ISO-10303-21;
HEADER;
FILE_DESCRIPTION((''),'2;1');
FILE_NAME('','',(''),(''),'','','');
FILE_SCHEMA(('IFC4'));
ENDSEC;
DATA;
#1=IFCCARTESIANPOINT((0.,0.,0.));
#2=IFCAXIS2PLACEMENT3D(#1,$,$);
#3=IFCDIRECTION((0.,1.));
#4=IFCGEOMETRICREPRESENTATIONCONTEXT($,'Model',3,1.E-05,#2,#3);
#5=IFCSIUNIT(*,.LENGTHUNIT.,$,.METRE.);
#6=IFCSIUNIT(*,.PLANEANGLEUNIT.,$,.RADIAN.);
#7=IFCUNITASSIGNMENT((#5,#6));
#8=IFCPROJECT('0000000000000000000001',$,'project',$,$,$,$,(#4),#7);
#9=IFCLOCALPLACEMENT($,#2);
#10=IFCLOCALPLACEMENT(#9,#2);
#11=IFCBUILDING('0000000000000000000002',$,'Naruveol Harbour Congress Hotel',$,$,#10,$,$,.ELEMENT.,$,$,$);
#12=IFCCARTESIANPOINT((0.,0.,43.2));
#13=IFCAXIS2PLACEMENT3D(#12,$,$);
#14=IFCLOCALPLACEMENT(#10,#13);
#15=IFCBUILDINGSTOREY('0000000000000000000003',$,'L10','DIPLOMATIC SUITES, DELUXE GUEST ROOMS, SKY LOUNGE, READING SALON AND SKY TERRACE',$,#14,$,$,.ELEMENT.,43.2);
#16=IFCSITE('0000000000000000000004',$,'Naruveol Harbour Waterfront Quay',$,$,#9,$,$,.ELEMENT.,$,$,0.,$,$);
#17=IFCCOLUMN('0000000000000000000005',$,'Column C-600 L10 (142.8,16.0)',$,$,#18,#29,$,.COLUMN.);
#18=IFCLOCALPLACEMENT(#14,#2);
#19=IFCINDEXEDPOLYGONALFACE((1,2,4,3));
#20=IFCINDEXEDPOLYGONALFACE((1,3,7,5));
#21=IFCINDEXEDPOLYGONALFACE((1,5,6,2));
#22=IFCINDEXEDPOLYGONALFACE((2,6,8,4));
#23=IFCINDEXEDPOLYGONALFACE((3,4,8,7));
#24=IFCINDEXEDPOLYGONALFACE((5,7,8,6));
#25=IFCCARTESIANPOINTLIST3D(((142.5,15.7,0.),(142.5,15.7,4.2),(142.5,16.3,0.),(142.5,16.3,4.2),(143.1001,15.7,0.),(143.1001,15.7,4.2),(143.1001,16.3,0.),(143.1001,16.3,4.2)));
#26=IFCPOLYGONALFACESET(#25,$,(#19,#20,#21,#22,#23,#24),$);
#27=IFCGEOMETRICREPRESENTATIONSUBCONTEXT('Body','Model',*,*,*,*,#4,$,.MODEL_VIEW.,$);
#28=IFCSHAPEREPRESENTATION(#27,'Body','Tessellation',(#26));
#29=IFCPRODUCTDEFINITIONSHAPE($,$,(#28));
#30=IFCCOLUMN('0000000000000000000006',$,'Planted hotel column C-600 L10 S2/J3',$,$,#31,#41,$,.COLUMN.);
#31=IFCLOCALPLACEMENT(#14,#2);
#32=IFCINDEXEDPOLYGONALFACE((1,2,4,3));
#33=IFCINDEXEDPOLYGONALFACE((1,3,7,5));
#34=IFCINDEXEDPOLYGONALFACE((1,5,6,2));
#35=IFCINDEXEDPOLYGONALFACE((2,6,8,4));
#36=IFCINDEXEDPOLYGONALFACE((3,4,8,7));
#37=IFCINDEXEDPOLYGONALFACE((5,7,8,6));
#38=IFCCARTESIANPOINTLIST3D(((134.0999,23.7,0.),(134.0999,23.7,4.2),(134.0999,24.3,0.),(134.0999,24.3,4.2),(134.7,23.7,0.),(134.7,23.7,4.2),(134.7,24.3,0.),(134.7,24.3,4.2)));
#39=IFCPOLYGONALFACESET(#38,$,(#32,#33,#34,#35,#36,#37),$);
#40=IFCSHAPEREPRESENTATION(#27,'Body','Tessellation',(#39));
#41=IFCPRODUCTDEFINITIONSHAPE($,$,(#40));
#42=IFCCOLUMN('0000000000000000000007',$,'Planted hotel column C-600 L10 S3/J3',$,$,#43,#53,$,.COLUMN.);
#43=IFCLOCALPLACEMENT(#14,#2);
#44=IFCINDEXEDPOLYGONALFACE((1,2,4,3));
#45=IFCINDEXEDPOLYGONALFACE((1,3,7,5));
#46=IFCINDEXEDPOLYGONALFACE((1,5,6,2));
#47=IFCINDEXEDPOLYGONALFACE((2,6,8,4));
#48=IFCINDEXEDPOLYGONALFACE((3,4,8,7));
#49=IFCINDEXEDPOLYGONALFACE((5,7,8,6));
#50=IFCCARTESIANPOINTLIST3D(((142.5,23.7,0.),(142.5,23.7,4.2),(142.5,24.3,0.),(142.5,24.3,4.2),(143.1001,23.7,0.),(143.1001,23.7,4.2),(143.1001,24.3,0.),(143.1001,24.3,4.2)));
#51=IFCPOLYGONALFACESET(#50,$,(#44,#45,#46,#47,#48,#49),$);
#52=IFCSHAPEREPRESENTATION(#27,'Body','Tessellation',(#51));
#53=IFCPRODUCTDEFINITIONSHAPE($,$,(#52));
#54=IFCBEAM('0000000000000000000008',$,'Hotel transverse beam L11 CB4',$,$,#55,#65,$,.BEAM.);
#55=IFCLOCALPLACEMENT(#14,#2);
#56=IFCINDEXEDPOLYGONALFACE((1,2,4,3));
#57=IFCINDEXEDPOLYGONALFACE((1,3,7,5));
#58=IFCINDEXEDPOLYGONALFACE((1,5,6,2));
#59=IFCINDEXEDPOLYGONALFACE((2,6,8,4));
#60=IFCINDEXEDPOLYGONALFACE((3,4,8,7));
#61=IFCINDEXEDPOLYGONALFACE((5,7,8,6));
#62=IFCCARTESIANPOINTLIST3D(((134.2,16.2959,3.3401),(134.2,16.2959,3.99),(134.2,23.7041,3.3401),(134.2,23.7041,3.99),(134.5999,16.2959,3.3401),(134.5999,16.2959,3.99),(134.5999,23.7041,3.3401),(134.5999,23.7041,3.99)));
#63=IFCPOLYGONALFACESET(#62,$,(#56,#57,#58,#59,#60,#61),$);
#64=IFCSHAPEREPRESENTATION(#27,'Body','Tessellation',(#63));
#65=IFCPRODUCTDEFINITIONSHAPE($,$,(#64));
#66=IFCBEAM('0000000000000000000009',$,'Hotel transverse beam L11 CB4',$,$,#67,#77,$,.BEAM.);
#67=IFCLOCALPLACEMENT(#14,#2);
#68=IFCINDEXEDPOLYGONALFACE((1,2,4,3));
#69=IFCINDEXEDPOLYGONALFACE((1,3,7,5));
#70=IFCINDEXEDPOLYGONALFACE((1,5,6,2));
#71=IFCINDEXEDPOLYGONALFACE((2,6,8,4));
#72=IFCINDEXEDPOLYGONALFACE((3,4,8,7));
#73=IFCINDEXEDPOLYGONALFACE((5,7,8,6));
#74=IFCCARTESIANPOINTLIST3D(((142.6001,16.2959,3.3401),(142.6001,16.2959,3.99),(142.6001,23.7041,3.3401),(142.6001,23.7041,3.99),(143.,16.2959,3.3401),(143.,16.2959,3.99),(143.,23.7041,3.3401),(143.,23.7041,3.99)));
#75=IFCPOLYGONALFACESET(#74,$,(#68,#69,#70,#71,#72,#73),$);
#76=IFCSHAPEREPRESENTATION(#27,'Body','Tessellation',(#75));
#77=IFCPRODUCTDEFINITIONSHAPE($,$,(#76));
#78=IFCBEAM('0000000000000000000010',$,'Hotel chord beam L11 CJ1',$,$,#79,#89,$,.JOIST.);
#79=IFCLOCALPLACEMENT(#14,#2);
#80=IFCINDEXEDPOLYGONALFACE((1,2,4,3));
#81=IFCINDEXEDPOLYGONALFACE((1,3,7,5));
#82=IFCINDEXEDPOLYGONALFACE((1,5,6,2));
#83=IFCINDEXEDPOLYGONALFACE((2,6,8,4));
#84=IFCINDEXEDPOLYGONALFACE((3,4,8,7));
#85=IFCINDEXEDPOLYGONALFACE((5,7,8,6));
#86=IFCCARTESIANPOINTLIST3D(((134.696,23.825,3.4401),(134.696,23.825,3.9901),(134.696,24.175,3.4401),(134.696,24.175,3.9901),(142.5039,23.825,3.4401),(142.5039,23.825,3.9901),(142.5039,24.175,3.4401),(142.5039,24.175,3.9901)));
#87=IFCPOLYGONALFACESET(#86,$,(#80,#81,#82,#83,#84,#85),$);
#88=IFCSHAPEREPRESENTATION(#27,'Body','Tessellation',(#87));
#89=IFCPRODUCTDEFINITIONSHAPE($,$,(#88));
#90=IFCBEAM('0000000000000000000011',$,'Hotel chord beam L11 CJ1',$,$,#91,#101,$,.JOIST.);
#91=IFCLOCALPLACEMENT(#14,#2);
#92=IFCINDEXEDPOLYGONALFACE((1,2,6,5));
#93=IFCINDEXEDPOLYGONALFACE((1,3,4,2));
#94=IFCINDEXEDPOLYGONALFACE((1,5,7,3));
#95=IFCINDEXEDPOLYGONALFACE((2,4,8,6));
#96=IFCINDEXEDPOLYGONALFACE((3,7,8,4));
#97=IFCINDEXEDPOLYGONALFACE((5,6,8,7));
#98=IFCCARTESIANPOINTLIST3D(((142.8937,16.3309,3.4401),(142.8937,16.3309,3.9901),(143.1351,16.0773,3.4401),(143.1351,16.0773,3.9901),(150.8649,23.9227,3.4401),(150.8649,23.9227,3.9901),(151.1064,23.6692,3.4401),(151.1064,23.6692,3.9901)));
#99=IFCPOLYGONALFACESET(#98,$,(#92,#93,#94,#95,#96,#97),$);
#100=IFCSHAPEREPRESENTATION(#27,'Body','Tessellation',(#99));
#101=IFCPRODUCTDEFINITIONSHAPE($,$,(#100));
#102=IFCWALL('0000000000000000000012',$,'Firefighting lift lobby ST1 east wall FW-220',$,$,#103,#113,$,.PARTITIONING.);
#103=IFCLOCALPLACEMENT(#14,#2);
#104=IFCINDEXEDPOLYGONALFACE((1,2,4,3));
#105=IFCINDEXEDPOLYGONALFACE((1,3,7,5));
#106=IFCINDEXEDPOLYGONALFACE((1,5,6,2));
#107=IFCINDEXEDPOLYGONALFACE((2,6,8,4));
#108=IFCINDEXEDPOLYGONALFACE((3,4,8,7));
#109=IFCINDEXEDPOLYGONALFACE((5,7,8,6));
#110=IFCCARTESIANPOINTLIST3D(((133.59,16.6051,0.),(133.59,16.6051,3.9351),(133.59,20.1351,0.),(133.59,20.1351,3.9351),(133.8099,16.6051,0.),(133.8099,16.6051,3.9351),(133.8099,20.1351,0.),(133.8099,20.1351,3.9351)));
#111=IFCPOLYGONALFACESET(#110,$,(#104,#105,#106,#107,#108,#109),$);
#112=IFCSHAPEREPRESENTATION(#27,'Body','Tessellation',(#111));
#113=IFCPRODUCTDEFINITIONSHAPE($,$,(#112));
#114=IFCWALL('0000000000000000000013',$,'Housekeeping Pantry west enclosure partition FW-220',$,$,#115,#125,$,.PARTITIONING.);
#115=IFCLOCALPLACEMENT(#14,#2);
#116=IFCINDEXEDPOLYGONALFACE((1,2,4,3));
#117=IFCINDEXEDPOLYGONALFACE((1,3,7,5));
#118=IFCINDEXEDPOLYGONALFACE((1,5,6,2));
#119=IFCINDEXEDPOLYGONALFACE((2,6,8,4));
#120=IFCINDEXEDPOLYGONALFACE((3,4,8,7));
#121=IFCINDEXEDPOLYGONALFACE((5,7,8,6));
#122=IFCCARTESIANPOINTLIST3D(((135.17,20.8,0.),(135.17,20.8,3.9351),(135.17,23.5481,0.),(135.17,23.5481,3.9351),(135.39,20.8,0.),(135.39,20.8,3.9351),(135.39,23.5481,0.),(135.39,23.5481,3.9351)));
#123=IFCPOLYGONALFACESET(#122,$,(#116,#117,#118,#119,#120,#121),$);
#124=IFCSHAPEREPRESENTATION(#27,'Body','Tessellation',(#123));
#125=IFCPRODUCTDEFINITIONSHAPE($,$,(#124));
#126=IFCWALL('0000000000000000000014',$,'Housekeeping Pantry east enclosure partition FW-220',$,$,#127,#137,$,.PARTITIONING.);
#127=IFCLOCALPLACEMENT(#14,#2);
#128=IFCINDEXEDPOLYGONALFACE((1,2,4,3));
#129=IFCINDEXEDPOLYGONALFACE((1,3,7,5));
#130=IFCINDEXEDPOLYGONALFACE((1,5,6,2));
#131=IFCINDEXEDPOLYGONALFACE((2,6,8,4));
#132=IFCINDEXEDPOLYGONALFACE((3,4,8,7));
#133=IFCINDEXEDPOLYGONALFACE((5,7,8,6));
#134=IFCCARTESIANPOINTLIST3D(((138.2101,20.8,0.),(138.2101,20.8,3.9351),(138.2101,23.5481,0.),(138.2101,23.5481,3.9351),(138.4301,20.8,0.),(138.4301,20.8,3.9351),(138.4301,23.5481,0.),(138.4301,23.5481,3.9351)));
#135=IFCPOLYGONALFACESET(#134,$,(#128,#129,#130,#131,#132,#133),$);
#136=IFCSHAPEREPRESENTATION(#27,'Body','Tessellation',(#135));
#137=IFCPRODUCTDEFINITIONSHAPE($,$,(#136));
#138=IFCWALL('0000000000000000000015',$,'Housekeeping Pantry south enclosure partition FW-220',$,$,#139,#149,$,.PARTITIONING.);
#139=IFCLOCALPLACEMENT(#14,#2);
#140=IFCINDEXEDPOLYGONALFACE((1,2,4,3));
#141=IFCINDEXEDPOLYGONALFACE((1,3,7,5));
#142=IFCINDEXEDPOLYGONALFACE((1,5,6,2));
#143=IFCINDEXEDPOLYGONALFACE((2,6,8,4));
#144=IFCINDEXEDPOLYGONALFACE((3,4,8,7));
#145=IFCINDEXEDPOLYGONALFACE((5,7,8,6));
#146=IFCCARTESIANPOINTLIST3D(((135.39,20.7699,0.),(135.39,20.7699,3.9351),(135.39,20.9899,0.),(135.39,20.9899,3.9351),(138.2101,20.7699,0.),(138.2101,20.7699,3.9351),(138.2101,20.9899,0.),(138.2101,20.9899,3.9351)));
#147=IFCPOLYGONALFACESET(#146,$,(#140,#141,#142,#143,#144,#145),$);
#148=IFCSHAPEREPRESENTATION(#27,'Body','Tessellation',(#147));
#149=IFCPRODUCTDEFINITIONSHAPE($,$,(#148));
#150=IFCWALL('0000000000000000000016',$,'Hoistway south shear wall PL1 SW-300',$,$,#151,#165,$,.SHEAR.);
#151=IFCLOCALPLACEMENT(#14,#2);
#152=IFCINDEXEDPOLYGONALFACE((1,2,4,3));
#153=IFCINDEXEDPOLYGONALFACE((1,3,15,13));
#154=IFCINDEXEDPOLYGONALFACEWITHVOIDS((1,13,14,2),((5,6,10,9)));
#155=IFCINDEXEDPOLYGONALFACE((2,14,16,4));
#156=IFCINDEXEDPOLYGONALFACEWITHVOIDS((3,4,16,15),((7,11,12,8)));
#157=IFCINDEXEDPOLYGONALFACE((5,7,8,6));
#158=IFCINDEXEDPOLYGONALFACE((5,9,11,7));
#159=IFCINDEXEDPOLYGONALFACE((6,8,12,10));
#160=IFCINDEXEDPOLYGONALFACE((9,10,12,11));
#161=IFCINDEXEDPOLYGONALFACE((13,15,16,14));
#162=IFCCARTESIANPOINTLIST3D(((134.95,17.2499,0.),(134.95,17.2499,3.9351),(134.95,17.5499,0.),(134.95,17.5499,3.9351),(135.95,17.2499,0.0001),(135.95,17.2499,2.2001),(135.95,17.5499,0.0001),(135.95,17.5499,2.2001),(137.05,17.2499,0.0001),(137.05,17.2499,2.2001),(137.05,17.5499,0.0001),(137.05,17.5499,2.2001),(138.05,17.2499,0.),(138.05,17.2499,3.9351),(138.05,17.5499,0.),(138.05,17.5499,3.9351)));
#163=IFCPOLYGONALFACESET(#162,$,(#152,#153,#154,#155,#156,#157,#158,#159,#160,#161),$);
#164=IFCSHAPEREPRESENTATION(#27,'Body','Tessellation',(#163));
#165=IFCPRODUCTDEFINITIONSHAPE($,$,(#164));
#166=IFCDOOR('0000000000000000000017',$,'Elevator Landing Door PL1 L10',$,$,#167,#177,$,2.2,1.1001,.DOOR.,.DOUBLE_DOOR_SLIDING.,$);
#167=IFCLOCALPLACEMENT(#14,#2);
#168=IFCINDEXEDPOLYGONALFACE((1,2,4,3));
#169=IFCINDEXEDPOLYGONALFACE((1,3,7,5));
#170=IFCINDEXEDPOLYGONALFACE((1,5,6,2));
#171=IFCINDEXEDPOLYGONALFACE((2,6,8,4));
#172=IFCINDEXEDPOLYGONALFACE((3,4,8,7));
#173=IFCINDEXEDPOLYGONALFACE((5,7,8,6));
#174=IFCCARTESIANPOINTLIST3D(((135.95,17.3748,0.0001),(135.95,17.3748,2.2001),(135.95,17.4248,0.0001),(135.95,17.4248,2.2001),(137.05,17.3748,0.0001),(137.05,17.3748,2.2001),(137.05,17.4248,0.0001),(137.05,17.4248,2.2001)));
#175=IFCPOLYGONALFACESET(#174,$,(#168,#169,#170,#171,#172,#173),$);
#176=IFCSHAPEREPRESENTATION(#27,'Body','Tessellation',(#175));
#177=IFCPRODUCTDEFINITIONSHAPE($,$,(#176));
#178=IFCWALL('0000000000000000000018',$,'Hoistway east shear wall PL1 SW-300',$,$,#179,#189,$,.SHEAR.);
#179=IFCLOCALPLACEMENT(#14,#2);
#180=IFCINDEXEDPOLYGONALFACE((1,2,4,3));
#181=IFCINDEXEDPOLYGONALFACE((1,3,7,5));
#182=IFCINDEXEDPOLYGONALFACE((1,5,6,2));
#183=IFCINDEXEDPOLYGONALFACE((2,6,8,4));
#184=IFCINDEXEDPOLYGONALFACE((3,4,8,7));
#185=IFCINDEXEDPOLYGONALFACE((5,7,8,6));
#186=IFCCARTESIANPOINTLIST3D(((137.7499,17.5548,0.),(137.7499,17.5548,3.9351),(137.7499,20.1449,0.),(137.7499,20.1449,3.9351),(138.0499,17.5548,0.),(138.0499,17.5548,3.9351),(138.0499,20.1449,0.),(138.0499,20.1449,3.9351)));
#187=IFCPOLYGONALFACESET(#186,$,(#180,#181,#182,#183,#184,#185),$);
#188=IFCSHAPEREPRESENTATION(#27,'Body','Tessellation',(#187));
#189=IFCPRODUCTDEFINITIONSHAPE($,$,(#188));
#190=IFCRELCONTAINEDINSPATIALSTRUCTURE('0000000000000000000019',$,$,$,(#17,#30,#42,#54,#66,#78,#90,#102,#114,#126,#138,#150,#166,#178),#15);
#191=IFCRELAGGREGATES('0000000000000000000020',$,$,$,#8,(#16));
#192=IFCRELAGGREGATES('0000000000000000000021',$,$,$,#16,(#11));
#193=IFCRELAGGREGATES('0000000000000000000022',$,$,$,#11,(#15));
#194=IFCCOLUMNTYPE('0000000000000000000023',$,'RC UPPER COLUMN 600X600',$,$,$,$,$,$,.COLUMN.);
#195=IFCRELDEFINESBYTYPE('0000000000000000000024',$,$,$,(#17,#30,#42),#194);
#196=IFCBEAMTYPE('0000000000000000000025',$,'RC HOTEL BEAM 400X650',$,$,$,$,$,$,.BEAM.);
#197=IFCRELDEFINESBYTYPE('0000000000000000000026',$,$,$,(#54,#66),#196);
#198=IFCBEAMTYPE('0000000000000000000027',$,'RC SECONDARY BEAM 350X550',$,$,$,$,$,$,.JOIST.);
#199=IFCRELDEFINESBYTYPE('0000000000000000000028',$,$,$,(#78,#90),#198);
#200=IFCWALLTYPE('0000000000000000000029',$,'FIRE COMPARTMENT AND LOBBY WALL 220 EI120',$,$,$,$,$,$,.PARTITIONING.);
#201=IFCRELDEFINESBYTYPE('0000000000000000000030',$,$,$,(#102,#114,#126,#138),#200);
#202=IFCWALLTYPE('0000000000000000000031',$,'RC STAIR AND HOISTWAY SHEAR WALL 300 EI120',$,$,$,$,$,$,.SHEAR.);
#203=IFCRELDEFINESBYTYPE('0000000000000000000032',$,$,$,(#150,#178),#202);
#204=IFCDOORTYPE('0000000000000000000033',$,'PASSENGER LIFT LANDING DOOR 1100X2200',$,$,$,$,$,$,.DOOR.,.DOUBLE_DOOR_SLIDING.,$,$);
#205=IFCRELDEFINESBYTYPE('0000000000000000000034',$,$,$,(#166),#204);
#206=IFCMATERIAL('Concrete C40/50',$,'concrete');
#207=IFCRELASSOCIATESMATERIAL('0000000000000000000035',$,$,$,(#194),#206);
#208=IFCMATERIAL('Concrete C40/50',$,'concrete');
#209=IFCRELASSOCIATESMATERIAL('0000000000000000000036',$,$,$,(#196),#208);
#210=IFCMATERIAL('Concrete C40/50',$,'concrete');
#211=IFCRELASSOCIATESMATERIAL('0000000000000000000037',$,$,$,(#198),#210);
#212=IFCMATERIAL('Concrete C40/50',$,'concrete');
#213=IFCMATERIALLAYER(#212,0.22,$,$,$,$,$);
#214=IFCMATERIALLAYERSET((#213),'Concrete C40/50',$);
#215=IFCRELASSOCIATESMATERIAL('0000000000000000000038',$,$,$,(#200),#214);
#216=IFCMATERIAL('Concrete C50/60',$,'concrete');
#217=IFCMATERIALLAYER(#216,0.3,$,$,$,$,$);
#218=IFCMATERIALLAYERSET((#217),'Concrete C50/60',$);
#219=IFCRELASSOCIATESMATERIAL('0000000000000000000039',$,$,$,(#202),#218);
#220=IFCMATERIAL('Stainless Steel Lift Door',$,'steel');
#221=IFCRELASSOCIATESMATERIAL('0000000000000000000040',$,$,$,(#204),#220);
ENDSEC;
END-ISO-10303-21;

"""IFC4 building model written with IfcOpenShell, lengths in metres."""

from ifc_helpers import new_model, si_unit, direction, frame, frame_2d, origin, origin_2d, place, context, subcontext, project, spatial, rectangle, extrude, material, layer, layer_set, material_profile, profile_set, type_object, element, fill, save


model = new_model("IFC4")

# Units and contexts
model_context = context("Model", 3, precision=1e-05, world=origin(), true_north=direction((0.0, 1.0)))
body_context = subcontext(model_context, "Body", "Model", "MODEL_VIEW")
ifc_project = project(units=[si_unit("LENGTHUNIT", "METRE"), si_unit("PLANEANGLEUNIT", "RADIAN")], contexts=[model_context])

# Site, building, storey
site_placement = place(None, origin())
site = spatial("IfcSite", under=ifc_project, at=site_placement, Name="Naruveol Harbour Waterfront Quay", CompositionType="ELEMENT", RefElevation=0.0)
building_placement = place(site_placement, origin())
building = spatial("IfcBuilding", under=site, at=building_placement, Name="Naruveol Harbour Congress Hotel", CompositionType="ELEMENT")
storey_placement = place(building_placement, frame((0.0, 0.0, 43.2)))
storey = spatial("IfcBuildingStorey", under=building, at=storey_placement, Name="L10", Description="DIPLOMATIC SUITES, DELUXE GUEST ROOMS, SKY LOUNGE, READING SALON AND SKY TERRACE", CompositionType="ELEMENT", Elevation=43.2)

# Columns
ifc_material_1 = material(Name="Concrete C40/50", Category="concrete")
ifc_material_profile_1 = material_profile(ifc_material_1, rectangle(XDim=0.6001, YDim=0.6001, at=origin_2d()), Name="RC-600x600")
ifc_profile_set_1 = profile_set([ifc_material_profile_1], Name="Concrete C40/50")
column_type = type_object("IfcColumnType", Name="RC UPPER COLUMN 600X600", PredefinedType="COLUMN", material=ifc_profile_set_1)
for number, where, z_axis, x_axis, name in (
    (1, (142.8, 16.0, 0.0), (0.0, 0.0, 1.0), (1.0, 0.0, 0.0), "Column C-600 L10 (142.8,16.0)"),
    (2, (134.3999, 24.0, 0.0), (0.0, 0.0, 1.0), (1.0, 0.0, 0.0), "Planted hotel column C-600 L10 S2/J3"),
    (3, (142.8, 24.0, 0.0), (0.0, 0.0, 1.0), (1.0, 0.0, 0.0), "Planted hotel column C-600 L10 S3/J3"),
):
    element("IfcColumn", number, at=place(storey_placement, frame(where, z_axis=z_axis, x_axis=x_axis)), inside=storey, type_object=column_type, Name=name, PredefinedType="COLUMN", context=body_context, shape_type="SweptSolid", body=[
        extrude(rectangle(XDim=0.6001, YDim=0.6001, at=origin_2d()), origin(), (0.0, 0.0, 1.0), 4.2),
    ])

# Beams
ifc_material_2 = material(Name="Concrete C40/50", Category="concrete")
ifc_material_profile_2 = material_profile(ifc_material_2, rectangle(XDim=0.3999, YDim=0.6499, at=origin_2d()), Name="RCB-400x650")
ifc_profile_set_2 = profile_set([ifc_material_profile_2], Name="Concrete C40/50")
beam_type_1 = type_object("IfcBeamType", Name="RC HOTEL BEAM 400X650", PredefinedType="BEAM", material=ifc_profile_set_2)
for number, where, z_axis, x_axis, name in (
    (4, (134.3999, 16.2959, 3.665), (0.0, 1.0, 0.0), (-1.0, 0.0, 0.0), "Hotel transverse beam L11 CB4"),
    (5, (142.8, 16.2959, 3.665), (0.0, 1.0, 0.0), (-1.0, 0.0, 0.0), "Hotel transverse beam L11 CB4"),
):
    element("IfcBeam", number, at=place(storey_placement, frame(where, z_axis=z_axis, x_axis=x_axis)), inside=storey, type_object=beam_type_1, Name=name, PredefinedType="BEAM", context=body_context, shape_type="SweptSolid", body=[
        extrude(rectangle(XDim=0.3999, YDim=0.6499, at=origin_2d()), origin(), (0.0, 0.0, 1.0), 7.4082),
    ])
ifc_material_3 = material(Name="Concrete C40/50", Category="concrete")
ifc_material_profile_3 = material_profile(ifc_material_3, rectangle(XDim=0.3501, YDim=0.55, at=origin_2d()), Name="RCB-350x550")
ifc_profile_set_3 = profile_set([ifc_material_profile_3], Name="Concrete C40/50")
beam_type_2 = type_object("IfcBeamType", Name="RC SECONDARY BEAM 350X550", PredefinedType="JOIST", material=ifc_profile_set_3)
beam_1_placement = place(storey_placement, frame((134.696, 24.0, 3.7151), z_axis=(1.0, 0.0, 0.0), x_axis=(0.0, 1.0, 0.0)))
element("IfcBeam", 6, at=beam_1_placement, inside=storey, type_object=beam_type_2, Name="Hotel chord beam L11 CJ1", PredefinedType="JOIST", context=body_context, shape_type="SweptSolid", body=[
    extrude(rectangle(XDim=0.3501, YDim=0.55, at=origin_2d()), origin(), (0.0, 0.0, 1.0), 7.8079),
])
beam_2_placement = place(storey_placement, frame((143.0144, 16.2041, 3.7151), z_axis=(0.724129, 0.689664, 0.0), x_axis=(-0.689664, 0.724129, 0.0)))
element("IfcBeam", 7, at=beam_2_placement, inside=storey, type_object=beam_type_2, Name="Hotel chord beam L11 CJ1", PredefinedType="JOIST", context=body_context, shape_type="SweptSolid", body=[
    extrude(rectangle(XDim=0.3501, YDim=0.55, at=origin_2d()), origin(), (0.0, 0.0, 1.0), 11.0081),
])

# Wall
ifc_material_4 = material(Name="Concrete C40/50", Category="concrete")
ifc_layer_1 = layer(ifc_material_4, 0.22)
ifc_layer_set_1 = layer_set([ifc_layer_1], Name="Concrete C40/50")
wall_type_1 = type_object("IfcWallType", Name="FIRE COMPARTMENT AND LOBBY WALL 220 EI120", PredefinedType="PARTITIONING", material=ifc_layer_set_1)
wall_1_placement = place(storey_placement, frame((133.7, 16.605, 0.0), z_axis=(0.0, 0.0, 1.0), x_axis=(0.0, 1.0, 0.0)))
element("IfcWall", 8, at=wall_1_placement, inside=storey, type_object=wall_type_1, Name="Firefighting lift lobby ST1 east wall FW-220", PredefinedType="PARTITIONING", context=body_context, shape_type="SweptSolid", body=[
    extrude(rectangle(XDim=3.53, YDim=0.22, at=frame_2d((1.7651, 0.0))), origin(), (0.0, 0.0, 1.0), 3.9351),
])

# Walls
for number, where, z_axis, x_axis, name in (
    (9, (135.28, 20.8, 0.0), (0.0, 0.0, 1.0), (0.0, 1.0, 0.0), "Housekeeping Pantry west enclosure partition FW-220"),
    (10, (138.3201, 20.8, 0.0), (0.0, 0.0, 1.0), (0.0, 1.0, 0.0), "Housekeeping Pantry east enclosure partition FW-220"),
):
    element("IfcWall", number, at=place(storey_placement, frame(where, z_axis=z_axis, x_axis=x_axis)), inside=storey, type_object=wall_type_1, Name=name, PredefinedType="PARTITIONING", context=body_context, shape_type="SweptSolid", body=[
        extrude(rectangle(XDim=2.748, YDim=0.22, at=frame_2d((1.374, 0.0))), origin(), (0.0, 0.0, 1.0), 3.9351),
    ])
wall_2_placement = place(storey_placement, frame((135.3899, 20.8799, 0.0), z_axis=(0.0, 0.0, 1.0), x_axis=(1.0, 0.0, 0.0)))
element("IfcWall", 11, at=wall_2_placement, inside=storey, type_object=wall_type_1, Name="Housekeeping Pantry south enclosure partition FW-220", PredefinedType="PARTITIONING", context=body_context, shape_type="SweptSolid", body=[
    extrude(rectangle(XDim=2.8201, YDim=0.22, at=frame_2d((1.4102, 0.0))), origin(), (0.0, 0.0, 1.0), 3.9351),
])

# Wall, opening, door
ifc_material_5 = material(Name="Concrete C50/60", Category="concrete")
ifc_layer_2 = layer(ifc_material_5, 0.3)
ifc_layer_set_2 = layer_set([ifc_layer_2], Name="Concrete C50/60")
wall_type_2 = type_object("IfcWallType", Name="RC STAIR AND HOISTWAY SHEAR WALL 300 EI120", PredefinedType="SHEAR", material=ifc_layer_set_2)
wall_3_placement = place(storey_placement, frame((134.95, 17.3999, 0.0), z_axis=(0.0, 0.0, 1.0), x_axis=(1.0, 0.0, 0.0)))
wall_3 = element("IfcWall", 12, at=wall_3_placement, inside=storey, type_object=wall_type_2, Name="Hoistway south shear wall PL1 SW-300", PredefinedType="SHEAR", context=body_context, shape_type="SweptSolid", body=[
    extrude(rectangle(XDim=3.1001, YDim=0.3, at=frame_2d((1.55, 0.0))), origin(), (0.0, 0.0, 1.0), 3.9351),
])
opening_1_placement = place(wall_3_placement, frame((1.0, 0.0, 0.0)))
opening_1 = element("IfcOpeningElement", 13, at=opening_1_placement, cuts=wall_3, PredefinedType="OPENING", context=body_context, shape_type="SweptSolid", body=[
    extrude(rectangle(XDim=1.1001, YDim=2.2, at=frame_2d((0.55, 1.1001))), frame((0.0, 0.1599, 0.0), z_axis=(0.0, -1.0, 0.0), x_axis=(1.0, 0.0, 0.0)), (0.0, 0.0, 1.0), 0.3201),
])
ifc_material_6 = material(Name="Stainless Steel Lift Door", Category="steel")
door_type_1 = type_object("IfcDoorType", Name="PASSENGER LIFT LANDING DOOR 1100X2200", OperationType="DOUBLE_DOOR_SLIDING", PredefinedType="DOOR", material=ifc_material_6)
door_1_placement = place(opening_1_placement, origin())
door_1 = element("IfcDoor", 14, at=door_1_placement, inside=storey, type_object=door_type_1, Name="Elevator Landing Door PL1 L10", OperationType="DOUBLE_DOOR_SLIDING", OverallHeight=2.2, OverallWidth=1.1001, PredefinedType="DOOR", context=body_context, shape_type="SweptSolid", body=[
    extrude(rectangle(XDim=1.1001, YDim=2.2, at=frame_2d((0.55, 1.1001))), frame((0.0, 0.0249, 0.0), z_axis=(0.0, -1.0, 0.0), x_axis=(1.0, 0.0, 0.0)), (0.0, 0.0, 1.0), 0.05),
])
fill(opening_1, door_1)

# Wall
wall_4_placement = place(storey_placement, frame((137.8999, 17.5549, 0.0), z_axis=(0.0, 0.0, 1.0), x_axis=(0.0, 1.0, 0.0)))
element("IfcWall", 15, at=wall_4_placement, inside=storey, type_object=wall_type_2, Name="Hoistway east shear wall PL1 SW-300", PredefinedType="SHEAR", context=body_context, shape_type="SweptSolid", body=[
    extrude(rectangle(XDim=2.5901, YDim=0.3, at=frame_2d((1.2949, 0.0))), origin(), (0.0, 0.0, 1.0), 3.9351),
])

save(model, "model.ifc")
